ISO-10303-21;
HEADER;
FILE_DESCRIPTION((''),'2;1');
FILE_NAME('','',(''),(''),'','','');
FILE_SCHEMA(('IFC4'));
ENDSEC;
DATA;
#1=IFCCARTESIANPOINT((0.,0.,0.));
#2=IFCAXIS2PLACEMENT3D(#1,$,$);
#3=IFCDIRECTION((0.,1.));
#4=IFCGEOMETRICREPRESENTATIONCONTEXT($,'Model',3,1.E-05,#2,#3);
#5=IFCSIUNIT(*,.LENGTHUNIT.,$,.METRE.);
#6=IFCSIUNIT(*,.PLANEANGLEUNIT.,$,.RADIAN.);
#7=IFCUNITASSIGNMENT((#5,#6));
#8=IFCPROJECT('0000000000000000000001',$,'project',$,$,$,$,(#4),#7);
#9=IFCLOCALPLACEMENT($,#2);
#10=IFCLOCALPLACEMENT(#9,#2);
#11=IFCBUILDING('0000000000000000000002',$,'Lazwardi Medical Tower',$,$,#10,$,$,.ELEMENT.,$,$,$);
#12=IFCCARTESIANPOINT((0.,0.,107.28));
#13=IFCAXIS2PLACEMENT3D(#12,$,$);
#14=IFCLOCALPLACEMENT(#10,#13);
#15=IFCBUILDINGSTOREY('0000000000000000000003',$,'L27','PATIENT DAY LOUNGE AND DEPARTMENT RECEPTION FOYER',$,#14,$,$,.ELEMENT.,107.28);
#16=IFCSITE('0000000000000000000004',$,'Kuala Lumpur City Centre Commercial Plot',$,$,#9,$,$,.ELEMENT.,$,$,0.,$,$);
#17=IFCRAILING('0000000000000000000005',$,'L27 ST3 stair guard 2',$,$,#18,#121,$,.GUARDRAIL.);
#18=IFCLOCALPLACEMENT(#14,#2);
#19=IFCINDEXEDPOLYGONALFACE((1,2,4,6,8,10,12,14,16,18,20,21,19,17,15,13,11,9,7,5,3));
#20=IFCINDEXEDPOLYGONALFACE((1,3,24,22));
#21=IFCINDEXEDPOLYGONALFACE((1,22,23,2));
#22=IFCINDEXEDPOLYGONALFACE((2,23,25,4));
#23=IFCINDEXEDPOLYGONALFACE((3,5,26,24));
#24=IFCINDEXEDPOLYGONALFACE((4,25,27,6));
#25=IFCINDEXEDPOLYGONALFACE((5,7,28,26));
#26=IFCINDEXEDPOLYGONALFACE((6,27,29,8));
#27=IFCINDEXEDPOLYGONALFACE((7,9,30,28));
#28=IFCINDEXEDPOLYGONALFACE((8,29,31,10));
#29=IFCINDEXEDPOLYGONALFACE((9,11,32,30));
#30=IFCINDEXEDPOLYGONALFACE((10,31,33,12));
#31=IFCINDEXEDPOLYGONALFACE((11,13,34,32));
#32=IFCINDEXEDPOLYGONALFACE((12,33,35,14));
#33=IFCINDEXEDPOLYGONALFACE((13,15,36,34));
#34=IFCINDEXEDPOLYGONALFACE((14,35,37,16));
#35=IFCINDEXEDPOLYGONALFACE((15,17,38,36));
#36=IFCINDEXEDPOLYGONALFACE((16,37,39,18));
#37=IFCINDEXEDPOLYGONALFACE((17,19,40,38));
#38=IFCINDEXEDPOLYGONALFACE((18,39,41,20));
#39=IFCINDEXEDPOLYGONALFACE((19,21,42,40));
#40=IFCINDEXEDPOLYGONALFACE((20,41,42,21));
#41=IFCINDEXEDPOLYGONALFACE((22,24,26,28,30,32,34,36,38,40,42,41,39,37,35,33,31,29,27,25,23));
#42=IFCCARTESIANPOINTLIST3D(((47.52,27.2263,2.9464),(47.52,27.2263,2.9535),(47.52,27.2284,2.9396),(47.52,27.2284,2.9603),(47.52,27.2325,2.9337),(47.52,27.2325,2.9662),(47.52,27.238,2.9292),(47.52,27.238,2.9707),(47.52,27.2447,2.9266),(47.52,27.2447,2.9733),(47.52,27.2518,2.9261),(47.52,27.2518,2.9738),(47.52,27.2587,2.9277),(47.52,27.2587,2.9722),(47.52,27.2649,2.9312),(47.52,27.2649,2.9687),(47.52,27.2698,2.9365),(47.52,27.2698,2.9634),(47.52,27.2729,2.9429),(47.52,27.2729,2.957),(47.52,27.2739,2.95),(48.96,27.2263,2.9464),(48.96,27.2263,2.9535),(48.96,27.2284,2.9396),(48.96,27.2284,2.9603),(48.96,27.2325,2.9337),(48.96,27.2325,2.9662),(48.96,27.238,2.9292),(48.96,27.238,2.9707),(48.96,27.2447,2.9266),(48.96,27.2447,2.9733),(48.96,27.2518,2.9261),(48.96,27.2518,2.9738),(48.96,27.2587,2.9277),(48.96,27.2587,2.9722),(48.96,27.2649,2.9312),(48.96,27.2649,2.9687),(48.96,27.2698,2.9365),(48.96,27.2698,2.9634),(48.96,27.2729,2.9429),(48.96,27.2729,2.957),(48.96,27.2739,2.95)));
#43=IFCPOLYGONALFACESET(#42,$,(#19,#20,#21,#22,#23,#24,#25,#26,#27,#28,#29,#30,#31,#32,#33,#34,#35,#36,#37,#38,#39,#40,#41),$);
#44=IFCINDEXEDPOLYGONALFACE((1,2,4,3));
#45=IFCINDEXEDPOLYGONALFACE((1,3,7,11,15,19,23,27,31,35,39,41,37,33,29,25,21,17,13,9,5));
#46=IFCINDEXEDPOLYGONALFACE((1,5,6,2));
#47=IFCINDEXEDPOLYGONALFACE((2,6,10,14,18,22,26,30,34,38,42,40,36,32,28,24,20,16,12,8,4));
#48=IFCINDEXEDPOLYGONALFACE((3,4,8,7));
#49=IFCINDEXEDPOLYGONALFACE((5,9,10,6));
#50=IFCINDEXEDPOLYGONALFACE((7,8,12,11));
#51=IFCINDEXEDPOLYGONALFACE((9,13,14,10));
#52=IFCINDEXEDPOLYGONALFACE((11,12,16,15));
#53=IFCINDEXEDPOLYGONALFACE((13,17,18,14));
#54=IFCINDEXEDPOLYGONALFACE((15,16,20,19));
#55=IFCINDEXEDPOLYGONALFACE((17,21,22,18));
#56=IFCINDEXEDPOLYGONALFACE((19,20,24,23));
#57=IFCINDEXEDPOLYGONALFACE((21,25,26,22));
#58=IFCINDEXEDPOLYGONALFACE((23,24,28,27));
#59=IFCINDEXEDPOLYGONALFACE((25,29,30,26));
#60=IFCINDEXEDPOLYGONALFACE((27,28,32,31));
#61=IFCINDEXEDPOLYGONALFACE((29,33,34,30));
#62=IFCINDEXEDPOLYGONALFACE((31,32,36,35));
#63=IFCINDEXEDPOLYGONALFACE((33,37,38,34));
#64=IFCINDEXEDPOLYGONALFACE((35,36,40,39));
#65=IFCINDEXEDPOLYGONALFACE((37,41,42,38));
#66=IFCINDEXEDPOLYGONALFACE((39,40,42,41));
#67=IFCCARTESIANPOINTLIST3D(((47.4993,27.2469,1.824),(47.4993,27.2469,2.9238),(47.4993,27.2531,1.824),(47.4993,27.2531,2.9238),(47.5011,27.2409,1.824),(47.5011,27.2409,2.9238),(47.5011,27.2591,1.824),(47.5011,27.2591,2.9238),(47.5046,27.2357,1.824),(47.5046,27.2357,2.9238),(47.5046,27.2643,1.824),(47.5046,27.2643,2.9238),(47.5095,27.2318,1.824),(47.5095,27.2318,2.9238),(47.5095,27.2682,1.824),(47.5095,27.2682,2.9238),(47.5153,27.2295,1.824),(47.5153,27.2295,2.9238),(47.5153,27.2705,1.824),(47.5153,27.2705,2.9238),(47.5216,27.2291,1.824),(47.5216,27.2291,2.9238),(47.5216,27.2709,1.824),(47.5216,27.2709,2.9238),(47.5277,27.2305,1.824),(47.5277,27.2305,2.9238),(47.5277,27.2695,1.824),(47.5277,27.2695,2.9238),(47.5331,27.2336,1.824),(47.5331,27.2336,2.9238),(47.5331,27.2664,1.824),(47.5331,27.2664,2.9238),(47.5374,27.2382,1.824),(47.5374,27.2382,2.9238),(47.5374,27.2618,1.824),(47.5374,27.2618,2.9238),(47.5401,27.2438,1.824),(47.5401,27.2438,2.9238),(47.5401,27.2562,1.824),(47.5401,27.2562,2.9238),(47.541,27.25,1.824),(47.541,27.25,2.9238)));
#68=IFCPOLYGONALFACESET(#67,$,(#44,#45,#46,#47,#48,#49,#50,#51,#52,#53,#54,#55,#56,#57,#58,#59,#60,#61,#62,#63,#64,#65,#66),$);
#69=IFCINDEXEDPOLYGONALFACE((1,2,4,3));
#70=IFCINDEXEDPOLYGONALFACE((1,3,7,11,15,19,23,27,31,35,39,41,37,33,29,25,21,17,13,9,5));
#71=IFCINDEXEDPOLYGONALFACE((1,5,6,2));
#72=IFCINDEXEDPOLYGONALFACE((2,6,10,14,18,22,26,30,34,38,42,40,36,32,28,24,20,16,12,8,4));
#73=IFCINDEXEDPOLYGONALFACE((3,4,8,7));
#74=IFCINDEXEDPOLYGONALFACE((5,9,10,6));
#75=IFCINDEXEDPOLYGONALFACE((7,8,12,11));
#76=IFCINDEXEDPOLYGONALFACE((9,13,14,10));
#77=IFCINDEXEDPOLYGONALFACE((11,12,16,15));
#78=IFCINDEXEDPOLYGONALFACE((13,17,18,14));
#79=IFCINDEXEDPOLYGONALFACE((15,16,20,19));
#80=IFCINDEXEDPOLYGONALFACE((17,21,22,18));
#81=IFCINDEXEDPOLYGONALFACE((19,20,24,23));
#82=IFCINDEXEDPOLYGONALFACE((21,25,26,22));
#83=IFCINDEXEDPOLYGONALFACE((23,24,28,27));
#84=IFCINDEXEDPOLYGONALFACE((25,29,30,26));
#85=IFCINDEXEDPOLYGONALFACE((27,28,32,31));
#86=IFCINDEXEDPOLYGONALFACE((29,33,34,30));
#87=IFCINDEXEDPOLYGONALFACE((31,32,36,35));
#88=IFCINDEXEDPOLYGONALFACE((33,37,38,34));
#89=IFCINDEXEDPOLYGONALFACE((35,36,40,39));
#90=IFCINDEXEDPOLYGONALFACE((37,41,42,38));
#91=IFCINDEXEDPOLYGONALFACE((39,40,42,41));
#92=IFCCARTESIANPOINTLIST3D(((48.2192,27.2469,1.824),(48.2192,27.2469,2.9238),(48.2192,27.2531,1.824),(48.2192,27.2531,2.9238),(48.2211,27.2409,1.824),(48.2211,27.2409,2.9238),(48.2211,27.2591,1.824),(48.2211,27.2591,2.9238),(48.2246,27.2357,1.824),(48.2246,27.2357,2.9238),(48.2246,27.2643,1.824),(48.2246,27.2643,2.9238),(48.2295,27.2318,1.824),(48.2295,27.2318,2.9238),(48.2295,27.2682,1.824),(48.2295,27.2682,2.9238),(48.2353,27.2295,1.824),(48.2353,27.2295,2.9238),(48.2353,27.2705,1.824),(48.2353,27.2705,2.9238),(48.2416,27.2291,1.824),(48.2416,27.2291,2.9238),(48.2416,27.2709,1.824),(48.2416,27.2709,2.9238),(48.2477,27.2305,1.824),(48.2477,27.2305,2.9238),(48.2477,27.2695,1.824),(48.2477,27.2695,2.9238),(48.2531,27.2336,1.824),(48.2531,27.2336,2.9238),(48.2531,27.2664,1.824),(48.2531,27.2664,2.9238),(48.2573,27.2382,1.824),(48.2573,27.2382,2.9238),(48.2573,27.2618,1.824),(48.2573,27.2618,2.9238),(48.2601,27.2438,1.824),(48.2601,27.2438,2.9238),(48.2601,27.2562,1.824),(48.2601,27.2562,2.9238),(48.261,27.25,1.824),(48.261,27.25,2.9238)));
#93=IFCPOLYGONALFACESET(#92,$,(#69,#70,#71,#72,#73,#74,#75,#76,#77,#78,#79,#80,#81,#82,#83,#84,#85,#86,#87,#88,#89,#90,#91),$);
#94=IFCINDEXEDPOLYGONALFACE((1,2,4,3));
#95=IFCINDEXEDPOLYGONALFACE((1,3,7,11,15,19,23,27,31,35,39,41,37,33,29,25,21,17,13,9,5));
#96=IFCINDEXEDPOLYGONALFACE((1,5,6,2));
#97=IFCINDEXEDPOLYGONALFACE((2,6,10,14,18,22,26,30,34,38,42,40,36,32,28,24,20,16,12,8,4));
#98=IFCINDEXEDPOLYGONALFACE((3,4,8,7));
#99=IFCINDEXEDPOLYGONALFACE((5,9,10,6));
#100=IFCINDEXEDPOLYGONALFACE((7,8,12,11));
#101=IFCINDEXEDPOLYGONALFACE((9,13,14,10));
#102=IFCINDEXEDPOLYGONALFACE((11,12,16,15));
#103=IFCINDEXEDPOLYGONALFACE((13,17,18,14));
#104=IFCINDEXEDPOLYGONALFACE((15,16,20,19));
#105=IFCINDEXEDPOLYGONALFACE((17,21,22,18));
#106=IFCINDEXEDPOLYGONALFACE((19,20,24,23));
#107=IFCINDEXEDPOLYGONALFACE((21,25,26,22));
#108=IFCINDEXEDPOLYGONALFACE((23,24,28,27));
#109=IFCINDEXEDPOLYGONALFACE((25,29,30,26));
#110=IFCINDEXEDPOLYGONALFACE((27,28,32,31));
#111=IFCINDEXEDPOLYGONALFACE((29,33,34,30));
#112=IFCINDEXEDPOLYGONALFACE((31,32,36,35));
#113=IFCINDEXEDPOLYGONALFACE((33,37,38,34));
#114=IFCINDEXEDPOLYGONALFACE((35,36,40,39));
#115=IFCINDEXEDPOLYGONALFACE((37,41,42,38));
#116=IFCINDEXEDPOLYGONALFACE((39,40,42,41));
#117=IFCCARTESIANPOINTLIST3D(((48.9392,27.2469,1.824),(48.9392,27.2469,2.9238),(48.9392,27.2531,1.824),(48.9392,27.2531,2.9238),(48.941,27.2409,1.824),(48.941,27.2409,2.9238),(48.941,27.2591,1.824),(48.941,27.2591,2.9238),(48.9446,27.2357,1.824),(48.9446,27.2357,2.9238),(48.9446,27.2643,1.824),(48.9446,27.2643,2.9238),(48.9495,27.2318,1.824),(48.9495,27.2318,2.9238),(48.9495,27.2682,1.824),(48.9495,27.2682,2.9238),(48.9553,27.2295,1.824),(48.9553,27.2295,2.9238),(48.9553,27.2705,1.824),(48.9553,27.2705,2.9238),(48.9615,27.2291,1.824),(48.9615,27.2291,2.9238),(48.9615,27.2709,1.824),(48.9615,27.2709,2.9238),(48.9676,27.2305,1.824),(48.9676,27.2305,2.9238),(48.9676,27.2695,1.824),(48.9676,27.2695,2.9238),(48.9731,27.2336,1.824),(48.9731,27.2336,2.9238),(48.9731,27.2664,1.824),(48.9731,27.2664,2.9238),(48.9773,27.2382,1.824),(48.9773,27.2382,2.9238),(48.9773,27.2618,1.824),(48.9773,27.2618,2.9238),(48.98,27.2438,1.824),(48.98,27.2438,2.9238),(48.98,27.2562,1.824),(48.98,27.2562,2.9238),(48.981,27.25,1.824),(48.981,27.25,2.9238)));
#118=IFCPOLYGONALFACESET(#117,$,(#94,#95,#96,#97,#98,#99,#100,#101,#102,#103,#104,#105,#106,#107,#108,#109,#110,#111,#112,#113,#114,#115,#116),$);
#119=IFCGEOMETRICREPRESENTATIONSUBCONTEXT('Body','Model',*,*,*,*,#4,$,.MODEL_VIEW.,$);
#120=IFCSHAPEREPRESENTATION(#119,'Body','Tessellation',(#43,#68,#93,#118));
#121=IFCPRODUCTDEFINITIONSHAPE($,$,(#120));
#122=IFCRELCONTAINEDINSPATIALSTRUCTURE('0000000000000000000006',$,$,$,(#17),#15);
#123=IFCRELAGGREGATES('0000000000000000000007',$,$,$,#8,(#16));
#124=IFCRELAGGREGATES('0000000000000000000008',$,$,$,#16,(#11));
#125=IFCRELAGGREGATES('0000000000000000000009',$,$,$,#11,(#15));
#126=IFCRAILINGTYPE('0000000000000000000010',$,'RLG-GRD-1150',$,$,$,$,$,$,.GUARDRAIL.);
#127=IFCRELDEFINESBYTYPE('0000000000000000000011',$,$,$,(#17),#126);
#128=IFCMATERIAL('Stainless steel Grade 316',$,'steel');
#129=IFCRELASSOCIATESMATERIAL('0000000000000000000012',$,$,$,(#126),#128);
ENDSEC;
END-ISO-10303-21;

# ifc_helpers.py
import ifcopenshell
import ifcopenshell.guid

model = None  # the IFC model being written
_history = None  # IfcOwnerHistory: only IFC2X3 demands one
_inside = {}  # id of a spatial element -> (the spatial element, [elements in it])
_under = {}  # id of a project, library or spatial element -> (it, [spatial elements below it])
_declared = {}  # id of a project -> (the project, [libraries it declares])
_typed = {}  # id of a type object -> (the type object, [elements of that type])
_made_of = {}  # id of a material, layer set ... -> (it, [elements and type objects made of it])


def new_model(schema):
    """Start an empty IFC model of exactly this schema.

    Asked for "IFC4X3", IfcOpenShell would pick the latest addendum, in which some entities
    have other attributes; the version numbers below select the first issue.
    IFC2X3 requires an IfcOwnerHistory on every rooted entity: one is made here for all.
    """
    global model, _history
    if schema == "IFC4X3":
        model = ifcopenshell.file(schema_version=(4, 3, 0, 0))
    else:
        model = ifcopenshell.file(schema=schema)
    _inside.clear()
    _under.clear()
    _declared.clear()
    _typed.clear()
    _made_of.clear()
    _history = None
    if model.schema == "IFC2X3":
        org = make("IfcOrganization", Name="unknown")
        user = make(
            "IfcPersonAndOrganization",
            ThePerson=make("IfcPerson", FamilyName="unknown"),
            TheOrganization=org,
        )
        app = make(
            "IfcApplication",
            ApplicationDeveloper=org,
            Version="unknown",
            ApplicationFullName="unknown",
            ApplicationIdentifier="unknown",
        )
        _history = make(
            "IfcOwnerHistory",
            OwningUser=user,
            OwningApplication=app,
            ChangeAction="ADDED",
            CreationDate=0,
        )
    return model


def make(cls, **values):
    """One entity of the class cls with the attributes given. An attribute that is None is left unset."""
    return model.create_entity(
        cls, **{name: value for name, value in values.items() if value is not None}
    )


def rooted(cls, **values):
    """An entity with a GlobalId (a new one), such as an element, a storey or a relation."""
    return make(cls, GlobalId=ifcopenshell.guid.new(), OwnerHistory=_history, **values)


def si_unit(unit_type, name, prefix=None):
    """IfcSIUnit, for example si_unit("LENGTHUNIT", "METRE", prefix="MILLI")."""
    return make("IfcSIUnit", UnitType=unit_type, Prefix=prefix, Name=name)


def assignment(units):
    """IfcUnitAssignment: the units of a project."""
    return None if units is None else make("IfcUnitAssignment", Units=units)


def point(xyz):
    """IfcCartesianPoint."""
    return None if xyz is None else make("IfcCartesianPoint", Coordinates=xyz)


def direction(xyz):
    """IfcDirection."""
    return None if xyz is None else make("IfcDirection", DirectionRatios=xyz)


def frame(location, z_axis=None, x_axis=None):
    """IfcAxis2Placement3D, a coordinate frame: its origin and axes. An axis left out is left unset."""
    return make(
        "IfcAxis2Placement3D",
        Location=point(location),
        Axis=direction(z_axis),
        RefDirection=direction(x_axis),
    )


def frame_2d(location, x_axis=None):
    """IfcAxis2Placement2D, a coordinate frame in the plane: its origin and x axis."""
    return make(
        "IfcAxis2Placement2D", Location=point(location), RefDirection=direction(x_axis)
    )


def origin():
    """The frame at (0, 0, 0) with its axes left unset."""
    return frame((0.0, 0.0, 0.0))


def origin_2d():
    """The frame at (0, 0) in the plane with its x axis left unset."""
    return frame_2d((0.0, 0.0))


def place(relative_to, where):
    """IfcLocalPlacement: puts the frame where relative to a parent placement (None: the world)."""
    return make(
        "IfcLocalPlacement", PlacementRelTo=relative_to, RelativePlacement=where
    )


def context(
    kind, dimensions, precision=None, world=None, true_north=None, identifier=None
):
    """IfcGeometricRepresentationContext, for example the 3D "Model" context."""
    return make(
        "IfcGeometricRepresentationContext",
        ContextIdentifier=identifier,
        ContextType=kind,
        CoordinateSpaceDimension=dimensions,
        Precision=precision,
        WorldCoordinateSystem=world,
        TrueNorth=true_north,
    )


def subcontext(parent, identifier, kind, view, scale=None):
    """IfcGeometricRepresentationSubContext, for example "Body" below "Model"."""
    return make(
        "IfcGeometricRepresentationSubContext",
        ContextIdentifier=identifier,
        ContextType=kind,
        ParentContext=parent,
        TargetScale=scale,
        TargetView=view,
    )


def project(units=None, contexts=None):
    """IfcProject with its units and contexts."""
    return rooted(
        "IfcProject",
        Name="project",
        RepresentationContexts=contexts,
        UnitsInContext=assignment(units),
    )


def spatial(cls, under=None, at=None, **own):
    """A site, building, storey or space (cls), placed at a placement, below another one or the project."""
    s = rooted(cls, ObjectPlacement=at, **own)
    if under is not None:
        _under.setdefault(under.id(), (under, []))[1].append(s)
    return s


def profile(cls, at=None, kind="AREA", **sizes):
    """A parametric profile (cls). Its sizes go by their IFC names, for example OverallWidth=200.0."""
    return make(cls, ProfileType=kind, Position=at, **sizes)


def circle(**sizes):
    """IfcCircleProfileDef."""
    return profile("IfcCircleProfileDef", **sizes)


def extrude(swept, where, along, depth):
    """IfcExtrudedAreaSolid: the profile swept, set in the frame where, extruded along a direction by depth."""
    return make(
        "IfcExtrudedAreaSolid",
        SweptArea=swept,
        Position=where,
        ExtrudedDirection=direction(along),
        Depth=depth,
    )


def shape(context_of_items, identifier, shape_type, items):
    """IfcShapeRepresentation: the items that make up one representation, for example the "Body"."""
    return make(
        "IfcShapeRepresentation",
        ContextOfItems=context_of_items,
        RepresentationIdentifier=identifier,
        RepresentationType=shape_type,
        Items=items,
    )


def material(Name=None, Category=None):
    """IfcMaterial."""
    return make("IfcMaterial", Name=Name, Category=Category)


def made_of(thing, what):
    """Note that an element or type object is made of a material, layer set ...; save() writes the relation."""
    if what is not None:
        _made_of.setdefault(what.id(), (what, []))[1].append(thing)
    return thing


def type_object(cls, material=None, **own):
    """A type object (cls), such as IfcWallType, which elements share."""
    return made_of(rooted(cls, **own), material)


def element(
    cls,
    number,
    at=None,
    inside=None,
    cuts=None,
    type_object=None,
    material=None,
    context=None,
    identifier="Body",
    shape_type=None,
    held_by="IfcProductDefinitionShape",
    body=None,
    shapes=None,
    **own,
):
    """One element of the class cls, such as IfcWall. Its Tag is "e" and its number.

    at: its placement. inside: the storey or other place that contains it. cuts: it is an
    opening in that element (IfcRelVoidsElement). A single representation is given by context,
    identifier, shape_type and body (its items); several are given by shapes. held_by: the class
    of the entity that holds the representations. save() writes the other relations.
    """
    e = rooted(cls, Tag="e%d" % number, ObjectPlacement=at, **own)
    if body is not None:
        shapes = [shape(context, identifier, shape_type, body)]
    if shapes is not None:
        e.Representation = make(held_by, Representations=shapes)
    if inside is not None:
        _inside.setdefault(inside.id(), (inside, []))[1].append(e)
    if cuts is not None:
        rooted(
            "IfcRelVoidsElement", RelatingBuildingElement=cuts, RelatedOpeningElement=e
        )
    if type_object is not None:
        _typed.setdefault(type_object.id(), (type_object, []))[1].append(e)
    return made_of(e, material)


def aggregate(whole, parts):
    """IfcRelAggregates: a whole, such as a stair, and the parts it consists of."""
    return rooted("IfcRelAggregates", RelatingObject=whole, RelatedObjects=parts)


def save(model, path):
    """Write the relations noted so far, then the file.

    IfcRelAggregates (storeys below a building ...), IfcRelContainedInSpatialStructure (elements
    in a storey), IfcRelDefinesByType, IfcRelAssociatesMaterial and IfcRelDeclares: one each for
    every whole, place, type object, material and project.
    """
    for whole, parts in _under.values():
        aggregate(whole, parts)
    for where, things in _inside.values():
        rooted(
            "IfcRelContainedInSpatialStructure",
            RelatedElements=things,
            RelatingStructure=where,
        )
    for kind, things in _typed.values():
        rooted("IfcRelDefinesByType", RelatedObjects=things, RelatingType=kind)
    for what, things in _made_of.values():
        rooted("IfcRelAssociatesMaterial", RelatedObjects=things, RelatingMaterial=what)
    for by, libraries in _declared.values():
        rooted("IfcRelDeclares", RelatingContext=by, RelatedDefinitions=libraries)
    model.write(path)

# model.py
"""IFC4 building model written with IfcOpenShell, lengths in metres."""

from ifc_helpers import new_model, si_unit, direction, frame, origin, origin_2d, place, context, subcontext, project, spatial, circle, extrude, material, type_object, element, save


model = new_model("IFC4")

# Units and contexts
model_context = context("Model", 3, precision=1e-05, world=origin(), true_north=direction((0.0, 1.0)))
body_context = subcontext(model_context, "Body", "Model", "MODEL_VIEW")
ifc_project = project(units=[si_unit("LENGTHUNIT", "METRE"), si_unit("PLANEANGLEUNIT", "RADIAN")], contexts=[model_context])

# Site, building, storey
site_placement = place(None, origin())
site = spatial("IfcSite", under=ifc_project, at=site_placement, Name="Kuala Lumpur City Centre Commercial Plot", CompositionType="ELEMENT", RefElevation=0.0)
building_placement = place(site_placement, origin())
building = spatial("IfcBuilding", under=site, at=building_placement, Name="Lazwardi Medical Tower", CompositionType="ELEMENT")
storey_placement = place(building_placement, frame((0.0, 0.0, 107.28)))
storey = spatial("IfcBuildingStorey", under=building, at=storey_placement, Name="L27", Description="PATIENT DAY LOUNGE AND DEPARTMENT RECEPTION FOYER", CompositionType="ELEMENT", Elevation=107.28)

# Railing
ifc_material_1 = material(Name="Stainless steel Grade 316", Category="steel")
railing_type_1 = type_object("IfcRailingType", Name="RLG-GRD-1150", PredefinedType="GUARDRAIL", material=ifc_material_1)
railing_1_placement = place(storey_placement, frame((47.52, 27.25, 1.824)))
element("IfcRailing", 1, at=railing_1_placement, inside=storey, type_object=railing_type_1, Name="L27 ST3 stair guard 2", PredefinedType="GUARDRAIL", context=body_context, shape_type="SweptSolid", body=[
    extrude(circle(Radius=0.0239, at=origin_2d()), frame((0.0, 0.0, 1.126), z_axis=(1.0, 0.0, 0.0), x_axis=(0.0, 1.0, 0.0)), (0.0, 0.0, 1.0), 1.4399),
    extrude(circle(Radius=0.021, at=origin_2d()), origin(), (0.0, 0.0, 1.0), 1.0999),
    extrude(circle(Radius=0.021, at=origin_2d()), frame((0.72, 0.0, 0.0)), (0.0, 0.0, 1.0), 1.0999),
    extrude(circle(Radius=0.021, at=origin_2d()), frame((1.4399, 0.0, 0.0)), (0.0, 0.0, 1.0), 1.0999),
])

save(model, "model.ifc")
